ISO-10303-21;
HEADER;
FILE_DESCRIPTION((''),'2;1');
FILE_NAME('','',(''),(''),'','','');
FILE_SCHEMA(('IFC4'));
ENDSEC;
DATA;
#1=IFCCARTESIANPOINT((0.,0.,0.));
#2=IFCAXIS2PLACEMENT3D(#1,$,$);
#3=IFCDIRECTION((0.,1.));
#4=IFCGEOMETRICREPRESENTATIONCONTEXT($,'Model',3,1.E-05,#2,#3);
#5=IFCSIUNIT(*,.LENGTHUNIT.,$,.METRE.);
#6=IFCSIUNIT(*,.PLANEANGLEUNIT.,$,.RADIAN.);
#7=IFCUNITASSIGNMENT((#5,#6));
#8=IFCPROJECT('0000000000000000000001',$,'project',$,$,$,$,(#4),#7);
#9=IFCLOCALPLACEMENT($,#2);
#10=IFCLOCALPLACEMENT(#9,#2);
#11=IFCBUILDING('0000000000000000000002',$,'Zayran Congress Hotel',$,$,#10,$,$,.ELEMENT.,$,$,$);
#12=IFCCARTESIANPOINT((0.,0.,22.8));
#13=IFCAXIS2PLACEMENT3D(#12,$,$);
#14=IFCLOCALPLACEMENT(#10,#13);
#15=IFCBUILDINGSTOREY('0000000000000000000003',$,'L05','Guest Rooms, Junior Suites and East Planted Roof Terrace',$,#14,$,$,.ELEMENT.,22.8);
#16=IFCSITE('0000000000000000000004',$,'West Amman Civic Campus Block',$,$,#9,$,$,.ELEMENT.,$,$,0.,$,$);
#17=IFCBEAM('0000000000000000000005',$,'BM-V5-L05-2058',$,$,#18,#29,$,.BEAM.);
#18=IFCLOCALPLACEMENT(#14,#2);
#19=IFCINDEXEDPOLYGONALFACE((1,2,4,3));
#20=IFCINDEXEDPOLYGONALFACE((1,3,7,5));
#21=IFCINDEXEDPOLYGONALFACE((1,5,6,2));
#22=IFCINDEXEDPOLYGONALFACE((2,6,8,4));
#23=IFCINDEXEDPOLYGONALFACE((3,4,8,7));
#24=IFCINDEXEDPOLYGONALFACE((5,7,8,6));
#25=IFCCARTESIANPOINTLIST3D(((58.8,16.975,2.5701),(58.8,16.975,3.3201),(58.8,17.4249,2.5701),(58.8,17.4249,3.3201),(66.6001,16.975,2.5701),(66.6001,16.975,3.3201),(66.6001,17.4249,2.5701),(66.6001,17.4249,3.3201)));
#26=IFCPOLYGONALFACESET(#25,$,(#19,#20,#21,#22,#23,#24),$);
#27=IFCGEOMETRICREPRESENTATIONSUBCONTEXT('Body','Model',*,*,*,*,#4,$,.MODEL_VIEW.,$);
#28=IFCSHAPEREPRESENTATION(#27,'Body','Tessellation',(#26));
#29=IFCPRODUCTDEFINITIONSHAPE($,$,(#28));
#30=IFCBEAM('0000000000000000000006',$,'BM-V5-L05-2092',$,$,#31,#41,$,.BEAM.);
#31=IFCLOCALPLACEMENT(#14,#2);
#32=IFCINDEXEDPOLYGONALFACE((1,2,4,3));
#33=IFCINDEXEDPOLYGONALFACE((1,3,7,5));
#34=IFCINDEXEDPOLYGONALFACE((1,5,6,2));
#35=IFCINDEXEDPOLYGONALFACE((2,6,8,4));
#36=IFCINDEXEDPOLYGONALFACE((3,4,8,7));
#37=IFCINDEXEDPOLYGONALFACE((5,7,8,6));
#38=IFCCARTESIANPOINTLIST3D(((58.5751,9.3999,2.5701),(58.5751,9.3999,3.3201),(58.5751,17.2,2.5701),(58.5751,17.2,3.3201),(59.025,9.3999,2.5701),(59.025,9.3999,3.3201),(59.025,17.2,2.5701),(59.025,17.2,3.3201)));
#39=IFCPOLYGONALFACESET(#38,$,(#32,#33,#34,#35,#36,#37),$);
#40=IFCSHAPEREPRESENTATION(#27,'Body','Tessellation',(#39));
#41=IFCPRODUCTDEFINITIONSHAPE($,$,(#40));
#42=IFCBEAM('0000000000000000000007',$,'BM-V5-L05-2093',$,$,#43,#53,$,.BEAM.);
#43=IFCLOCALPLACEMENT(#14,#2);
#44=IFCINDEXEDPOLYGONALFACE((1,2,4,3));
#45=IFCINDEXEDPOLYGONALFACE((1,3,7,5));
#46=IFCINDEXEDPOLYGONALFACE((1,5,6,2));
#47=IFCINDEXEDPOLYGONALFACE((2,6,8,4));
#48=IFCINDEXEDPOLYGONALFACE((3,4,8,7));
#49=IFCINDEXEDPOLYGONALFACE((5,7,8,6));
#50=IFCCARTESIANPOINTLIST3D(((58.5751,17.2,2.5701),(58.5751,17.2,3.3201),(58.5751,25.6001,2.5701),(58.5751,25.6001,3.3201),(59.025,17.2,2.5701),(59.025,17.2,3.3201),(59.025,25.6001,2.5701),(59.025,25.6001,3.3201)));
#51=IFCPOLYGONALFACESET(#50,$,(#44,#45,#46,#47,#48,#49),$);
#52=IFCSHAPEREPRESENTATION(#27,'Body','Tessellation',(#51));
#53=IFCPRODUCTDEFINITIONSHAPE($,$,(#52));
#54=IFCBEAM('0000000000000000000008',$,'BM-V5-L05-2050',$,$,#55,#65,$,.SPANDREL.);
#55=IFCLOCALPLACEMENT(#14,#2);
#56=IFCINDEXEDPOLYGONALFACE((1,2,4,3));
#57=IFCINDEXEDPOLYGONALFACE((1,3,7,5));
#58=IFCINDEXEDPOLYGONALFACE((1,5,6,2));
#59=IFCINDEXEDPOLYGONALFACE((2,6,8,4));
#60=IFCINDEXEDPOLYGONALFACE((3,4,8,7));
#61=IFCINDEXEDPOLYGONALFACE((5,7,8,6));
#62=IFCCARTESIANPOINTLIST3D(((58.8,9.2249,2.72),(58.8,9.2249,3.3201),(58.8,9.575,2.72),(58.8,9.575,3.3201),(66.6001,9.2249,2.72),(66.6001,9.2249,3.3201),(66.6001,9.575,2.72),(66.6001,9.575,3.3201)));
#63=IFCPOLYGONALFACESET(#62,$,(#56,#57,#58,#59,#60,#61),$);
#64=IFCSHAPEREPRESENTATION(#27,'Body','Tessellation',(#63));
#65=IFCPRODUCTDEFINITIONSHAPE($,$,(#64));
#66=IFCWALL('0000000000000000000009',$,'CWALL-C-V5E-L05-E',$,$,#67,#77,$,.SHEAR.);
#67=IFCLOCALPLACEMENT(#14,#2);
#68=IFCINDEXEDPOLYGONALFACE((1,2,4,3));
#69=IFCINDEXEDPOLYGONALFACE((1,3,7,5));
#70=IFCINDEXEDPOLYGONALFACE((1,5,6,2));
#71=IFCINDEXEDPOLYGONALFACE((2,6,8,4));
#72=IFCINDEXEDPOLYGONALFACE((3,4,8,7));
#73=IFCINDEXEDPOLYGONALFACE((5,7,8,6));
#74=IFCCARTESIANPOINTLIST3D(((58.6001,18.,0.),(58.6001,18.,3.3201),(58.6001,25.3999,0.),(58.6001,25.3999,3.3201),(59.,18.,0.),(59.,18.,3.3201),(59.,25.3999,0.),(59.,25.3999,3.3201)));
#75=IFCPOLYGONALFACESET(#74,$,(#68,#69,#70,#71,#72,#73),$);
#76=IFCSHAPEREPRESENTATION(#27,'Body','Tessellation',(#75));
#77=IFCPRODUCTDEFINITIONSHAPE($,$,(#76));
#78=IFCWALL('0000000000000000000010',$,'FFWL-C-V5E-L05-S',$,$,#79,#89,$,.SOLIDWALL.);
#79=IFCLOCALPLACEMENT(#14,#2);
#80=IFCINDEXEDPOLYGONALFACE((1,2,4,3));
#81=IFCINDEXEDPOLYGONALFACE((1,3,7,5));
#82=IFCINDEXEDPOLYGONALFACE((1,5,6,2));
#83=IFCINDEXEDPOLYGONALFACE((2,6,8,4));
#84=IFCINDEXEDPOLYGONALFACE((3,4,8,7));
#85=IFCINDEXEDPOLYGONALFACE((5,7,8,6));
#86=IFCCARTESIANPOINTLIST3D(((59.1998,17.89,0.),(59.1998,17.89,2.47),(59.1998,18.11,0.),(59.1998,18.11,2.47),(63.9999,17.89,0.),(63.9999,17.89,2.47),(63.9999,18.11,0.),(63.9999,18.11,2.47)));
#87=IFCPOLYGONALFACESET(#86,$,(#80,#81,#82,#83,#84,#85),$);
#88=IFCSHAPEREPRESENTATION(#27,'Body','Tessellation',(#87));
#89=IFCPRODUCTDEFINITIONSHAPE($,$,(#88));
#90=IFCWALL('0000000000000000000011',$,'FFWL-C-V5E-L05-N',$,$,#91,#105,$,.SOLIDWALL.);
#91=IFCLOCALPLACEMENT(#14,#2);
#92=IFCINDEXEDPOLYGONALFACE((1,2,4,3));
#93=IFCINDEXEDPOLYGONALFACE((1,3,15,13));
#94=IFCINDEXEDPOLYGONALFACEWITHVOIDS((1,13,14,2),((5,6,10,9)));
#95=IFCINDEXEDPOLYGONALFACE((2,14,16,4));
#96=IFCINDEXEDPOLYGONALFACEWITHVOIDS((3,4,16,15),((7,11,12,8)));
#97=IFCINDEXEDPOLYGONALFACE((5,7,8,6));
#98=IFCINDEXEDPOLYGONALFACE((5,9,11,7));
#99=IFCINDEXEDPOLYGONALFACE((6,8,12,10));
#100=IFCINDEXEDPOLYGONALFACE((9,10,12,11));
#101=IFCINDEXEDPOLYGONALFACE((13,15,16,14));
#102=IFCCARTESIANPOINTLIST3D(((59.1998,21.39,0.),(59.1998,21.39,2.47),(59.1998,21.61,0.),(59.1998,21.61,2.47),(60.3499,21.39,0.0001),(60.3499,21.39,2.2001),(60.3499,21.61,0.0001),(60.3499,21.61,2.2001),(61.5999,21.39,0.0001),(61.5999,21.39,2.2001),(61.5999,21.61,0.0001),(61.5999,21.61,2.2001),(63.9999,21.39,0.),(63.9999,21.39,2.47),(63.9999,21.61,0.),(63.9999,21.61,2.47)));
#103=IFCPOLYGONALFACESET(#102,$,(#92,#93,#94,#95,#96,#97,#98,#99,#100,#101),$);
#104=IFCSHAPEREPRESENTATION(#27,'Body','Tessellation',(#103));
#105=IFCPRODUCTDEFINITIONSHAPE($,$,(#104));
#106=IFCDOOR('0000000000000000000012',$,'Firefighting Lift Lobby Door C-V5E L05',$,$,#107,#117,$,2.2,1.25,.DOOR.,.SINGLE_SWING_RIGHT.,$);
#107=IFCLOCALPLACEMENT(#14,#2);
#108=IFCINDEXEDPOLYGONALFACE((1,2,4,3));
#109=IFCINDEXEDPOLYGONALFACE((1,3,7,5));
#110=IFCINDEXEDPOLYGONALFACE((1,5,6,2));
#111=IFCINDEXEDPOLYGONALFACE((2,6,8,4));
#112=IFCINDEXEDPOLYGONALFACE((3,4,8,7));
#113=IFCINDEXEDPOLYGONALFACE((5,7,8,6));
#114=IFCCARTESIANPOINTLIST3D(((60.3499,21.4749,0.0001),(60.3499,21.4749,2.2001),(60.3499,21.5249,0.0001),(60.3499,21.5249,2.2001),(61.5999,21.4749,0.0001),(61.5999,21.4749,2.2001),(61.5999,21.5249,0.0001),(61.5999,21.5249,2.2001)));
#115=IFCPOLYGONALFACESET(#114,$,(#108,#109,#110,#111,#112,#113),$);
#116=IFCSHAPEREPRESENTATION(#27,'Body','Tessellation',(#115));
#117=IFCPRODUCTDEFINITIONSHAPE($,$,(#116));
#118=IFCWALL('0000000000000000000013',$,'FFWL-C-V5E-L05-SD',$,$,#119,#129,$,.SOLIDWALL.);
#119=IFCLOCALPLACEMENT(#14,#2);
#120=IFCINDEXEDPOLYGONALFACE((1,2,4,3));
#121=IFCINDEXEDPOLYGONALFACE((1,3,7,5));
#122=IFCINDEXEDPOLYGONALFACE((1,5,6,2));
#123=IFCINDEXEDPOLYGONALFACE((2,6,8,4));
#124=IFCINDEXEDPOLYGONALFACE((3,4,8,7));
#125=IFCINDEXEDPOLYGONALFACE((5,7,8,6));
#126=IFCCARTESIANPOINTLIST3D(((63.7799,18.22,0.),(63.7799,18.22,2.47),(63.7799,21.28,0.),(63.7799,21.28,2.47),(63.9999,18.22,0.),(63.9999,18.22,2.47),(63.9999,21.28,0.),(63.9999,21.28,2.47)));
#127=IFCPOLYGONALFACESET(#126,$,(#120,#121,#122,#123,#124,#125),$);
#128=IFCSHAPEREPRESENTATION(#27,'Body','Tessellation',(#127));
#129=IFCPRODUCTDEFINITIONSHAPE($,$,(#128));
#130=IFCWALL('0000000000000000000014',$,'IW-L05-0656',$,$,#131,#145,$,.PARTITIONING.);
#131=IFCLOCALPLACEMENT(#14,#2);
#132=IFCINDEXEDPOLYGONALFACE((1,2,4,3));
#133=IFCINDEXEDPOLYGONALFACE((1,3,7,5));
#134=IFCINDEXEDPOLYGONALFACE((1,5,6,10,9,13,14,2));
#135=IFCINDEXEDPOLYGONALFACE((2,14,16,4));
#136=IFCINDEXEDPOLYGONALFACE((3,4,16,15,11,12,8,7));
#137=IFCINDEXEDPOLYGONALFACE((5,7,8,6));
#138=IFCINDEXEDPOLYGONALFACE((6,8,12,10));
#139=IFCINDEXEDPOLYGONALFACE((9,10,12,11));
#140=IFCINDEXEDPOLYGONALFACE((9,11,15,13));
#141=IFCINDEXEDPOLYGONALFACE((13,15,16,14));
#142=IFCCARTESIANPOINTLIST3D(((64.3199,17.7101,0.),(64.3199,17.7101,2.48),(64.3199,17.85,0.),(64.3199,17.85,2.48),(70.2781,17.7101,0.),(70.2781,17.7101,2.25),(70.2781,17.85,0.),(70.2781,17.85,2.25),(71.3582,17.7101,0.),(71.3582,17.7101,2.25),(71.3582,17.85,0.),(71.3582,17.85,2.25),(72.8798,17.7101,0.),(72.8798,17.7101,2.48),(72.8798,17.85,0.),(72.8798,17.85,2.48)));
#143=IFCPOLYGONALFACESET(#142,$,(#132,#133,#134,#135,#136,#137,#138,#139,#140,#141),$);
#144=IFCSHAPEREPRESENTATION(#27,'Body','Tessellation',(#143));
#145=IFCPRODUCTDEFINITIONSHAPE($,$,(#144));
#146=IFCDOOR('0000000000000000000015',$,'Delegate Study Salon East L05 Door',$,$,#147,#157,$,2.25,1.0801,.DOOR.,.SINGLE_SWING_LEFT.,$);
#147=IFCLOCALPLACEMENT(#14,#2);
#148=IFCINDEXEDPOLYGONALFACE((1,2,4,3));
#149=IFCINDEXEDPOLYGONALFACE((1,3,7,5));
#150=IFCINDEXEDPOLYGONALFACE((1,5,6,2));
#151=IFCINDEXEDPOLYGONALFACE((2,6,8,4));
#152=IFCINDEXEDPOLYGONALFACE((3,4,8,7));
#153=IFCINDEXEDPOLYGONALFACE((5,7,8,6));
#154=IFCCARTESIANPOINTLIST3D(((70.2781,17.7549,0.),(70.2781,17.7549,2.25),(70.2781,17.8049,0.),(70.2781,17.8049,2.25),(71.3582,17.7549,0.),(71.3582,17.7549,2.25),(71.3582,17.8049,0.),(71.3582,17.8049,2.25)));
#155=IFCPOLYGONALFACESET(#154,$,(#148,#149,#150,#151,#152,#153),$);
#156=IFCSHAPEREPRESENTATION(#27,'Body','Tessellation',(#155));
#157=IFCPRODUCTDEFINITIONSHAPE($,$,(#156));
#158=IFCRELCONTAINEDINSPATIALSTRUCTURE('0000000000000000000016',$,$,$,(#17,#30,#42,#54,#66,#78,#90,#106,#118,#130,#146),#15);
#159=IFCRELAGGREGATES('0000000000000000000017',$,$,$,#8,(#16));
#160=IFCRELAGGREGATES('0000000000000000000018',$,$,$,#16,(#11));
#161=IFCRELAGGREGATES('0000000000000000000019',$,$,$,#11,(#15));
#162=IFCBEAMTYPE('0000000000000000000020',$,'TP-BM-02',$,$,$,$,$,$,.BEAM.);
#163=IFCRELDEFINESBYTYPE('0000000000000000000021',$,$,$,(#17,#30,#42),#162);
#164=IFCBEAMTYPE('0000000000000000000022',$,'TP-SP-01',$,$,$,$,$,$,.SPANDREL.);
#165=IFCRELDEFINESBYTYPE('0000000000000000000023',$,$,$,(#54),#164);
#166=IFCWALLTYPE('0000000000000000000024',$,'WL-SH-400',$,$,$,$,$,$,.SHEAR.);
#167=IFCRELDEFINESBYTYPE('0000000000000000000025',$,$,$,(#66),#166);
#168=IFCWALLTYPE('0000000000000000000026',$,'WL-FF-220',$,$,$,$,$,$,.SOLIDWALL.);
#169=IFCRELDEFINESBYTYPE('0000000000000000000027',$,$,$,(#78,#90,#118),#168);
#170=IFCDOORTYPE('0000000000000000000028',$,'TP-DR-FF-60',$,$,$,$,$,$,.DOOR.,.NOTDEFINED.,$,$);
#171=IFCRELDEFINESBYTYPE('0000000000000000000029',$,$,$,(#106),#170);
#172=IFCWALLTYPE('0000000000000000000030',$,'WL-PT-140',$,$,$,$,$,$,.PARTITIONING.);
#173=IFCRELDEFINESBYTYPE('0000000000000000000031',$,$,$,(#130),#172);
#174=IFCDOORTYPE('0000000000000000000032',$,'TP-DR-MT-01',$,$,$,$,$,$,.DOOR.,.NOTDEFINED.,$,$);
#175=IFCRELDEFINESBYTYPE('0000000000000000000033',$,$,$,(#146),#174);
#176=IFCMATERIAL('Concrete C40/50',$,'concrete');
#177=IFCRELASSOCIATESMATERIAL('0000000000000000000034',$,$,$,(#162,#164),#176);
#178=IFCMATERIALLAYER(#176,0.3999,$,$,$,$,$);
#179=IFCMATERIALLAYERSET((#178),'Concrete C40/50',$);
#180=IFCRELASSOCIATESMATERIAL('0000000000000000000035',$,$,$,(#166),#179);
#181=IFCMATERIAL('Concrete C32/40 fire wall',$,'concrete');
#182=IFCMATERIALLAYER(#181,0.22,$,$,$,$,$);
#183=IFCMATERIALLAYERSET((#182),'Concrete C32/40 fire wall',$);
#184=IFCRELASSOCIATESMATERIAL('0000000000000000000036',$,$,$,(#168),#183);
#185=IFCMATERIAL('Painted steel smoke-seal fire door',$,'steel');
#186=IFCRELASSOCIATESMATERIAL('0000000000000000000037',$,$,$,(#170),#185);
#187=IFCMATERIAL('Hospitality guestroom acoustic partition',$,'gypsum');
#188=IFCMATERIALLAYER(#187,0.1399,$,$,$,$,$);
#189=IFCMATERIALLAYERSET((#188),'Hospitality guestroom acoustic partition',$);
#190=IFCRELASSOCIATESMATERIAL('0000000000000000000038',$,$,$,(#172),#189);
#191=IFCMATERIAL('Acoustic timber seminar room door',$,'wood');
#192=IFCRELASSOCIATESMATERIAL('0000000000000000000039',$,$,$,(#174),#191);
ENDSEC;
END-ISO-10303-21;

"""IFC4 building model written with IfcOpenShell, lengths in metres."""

from ifc_helpers import new_model, si_unit, direction, frame, frame_2d, origin, origin_2d, place, context, subcontext, project, spatial, rectangle, extrude, material, layer, layer_set, material_profile, profile_set, type_object, element, fill, save


model = new_model("IFC4")

# Units and contexts
model_context = context("Model", 3, precision=1e-05, world=origin(), true_north=direction((0.0, 1.0)))
body_context = subcontext(model_context, "Body", "Model", "MODEL_VIEW")
ifc_project = project(units=[si_unit("LENGTHUNIT", "METRE"), si_unit("PLANEANGLEUNIT", "RADIAN")], contexts=[model_context])

# Site, building, storey
site_placement = place(None, origin())
site = spatial("IfcSite", under=ifc_project, at=site_placement, Name="West Amman Civic Campus Block", CompositionType="ELEMENT", RefElevation=0.0)
building_placement = place(site_placement, origin())
building = spatial("IfcBuilding", under=site, at=building_placement, Name="Zayran Congress Hotel", CompositionType="ELEMENT")
storey_placement = place(building_placement, frame((0.0, 0.0, 22.8)))
storey = spatial("IfcBuildingStorey", under=building, at=storey_placement, Name="L05", Description="Guest Rooms, Junior Suites and East Planted Roof Terrace", CompositionType="ELEMENT", Elevation=22.8)

# Beams
ifc_material_1 = material(Name="Concrete C40/50", Category="concrete")
ifc_material_profile_1 = material_profile(ifc_material_1, rectangle(XDim=0.45, YDim=0.75, at=origin_2d()), Name="RC 450x750")
ifc_profile_set_1 = profile_set([ifc_material_profile_1], Name="Concrete C40/50")
beam_type_1 = type_object("IfcBeamType", Name="TP-BM-02", PredefinedType="BEAM", material=ifc_profile_set_1)
for number, where, z_axis, x_axis, name in (
    (1, (58.8, 17.2, 2.9451), (1.0, 0.0, 0.0), (0.0, 1.0, 0.0), "BM-V5-L05-2058"),
    (2, (58.8, 9.3999, 2.9451), (0.0, 1.0, 0.0), (-1.0, 0.0, 0.0), "BM-V5-L05-2092"),
):
    element("IfcBeam", number, at=place(storey_placement, frame(where, z_axis=z_axis, x_axis=x_axis)), inside=storey, type_object=beam_type_1, Name=name, PredefinedType="BEAM", context=body_context, shape_type="SweptSolid", body=[
        extrude(rectangle(XDim=0.45, YDim=0.75, at=origin_2d()), origin(), (0.0, 0.0, 1.0), 7.8),
    ])
beam_1_placement = place(storey_placement, frame((58.8, 17.2, 2.9451), z_axis=(0.0, 1.0, 0.0), x_axis=(-1.0, 0.0, 0.0)))
element("IfcBeam", 3, at=beam_1_placement, inside=storey, type_object=beam_type_1, Name="BM-V5-L05-2093", PredefinedType="BEAM", context=body_context, shape_type="SweptSolid", body=[
    extrude(rectangle(XDim=0.45, YDim=0.75, at=origin_2d()), origin(), (0.0, 0.0, 1.0), 8.4001),
])
ifc_material_profile_2 = material_profile(ifc_material_1, rectangle(XDim=0.3501, YDim=0.6001, at=origin_2d()), Name="RC 350x600")
ifc_profile_set_2 = profile_set([ifc_material_profile_2], Name="Concrete C40/50")
beam_type_2 = type_object("IfcBeamType", Name="TP-SP-01", PredefinedType="SPANDREL", material=ifc_profile_set_2)
beam_2_placement = place(storey_placement, frame((58.8, 9.3999, 3.02), z_axis=(1.0, 0.0, 0.0), x_axis=(0.0, 1.0, 0.0)))
element("IfcBeam", 4, at=beam_2_placement, inside=storey, type_object=beam_type_2, Name="BM-V5-L05-2050", PredefinedType="SPANDREL", context=body_context, shape_type="SweptSolid", body=[
    extrude(rectangle(XDim=0.3501, YDim=0.6001, at=origin_2d()), origin(), (0.0, 0.0, 1.0), 7.8),
])

# Walls
ifc_layer_1 = layer(ifc_material_1, 0.3999)
ifc_layer_set_1 = layer_set([ifc_layer_1], Name="Concrete C40/50")
wall_type_1 = type_object("IfcWallType", Name="WL-SH-400", PredefinedType="SHEAR", material=ifc_layer_set_1)
wall_1_placement = place(storey_placement, frame((58.8, 18.0, 0.0), z_axis=(0.0, 0.0, 1.0), x_axis=(0.0, 1.0, 0.0)))
element("IfcWall", 5, at=wall_1_placement, inside=storey, type_object=wall_type_1, Name="CWALL-C-V5E-L05-E", PredefinedType="SHEAR", context=body_context, shape_type="SweptSolid", body=[
    extrude(rectangle(XDim=7.3999, YDim=0.3999, at=frame_2d((3.7, 0.0))), origin(), (0.0, 0.0, 1.0), 3.3201),
])
ifc_material_2 = material(Name="Concrete C32/40 fire wall", Category="concrete")
ifc_layer_2 = layer(ifc_material_2, 0.22)
ifc_layer_set_2 = layer_set([ifc_layer_2], Name="Concrete C32/40 fire wall")
wall_type_2 = type_object("IfcWallType", Name="WL-FF-220", PredefinedType="SOLIDWALL", material=ifc_layer_set_2)
wall_2_placement = place(storey_placement, frame((59.2, 18.0, 0.0), z_axis=(0.0, 0.0, 1.0), x_axis=(1.0, 0.0, 0.0)))
element("IfcWall", 6, at=wall_2_placement, inside=storey, type_object=wall_type_2, Name="FFWL-C-V5E-L05-S", PredefinedType="SOLIDWALL", context=body_context, shape_type="SweptSolid", body=[
    extrude(rectangle(XDim=4.8, YDim=0.22, at=frame_2d((2.3999, 0.0))), origin(), (0.0, 0.0, 1.0), 2.47),
])

# Wall, opening, door
wall_3_placement = place(storey_placement, frame((59.2, 21.5, 0.0), z_axis=(0.0, 0.0, 1.0), x_axis=(1.0, 0.0, 0.0)))
wall_3 = element("IfcWall", 7, at=wall_3_placement, inside=storey, type_object=wall_type_2, Name="FFWL-C-V5E-L05-N", PredefinedType="SOLIDWALL", context=body_context, shape_type="SweptSolid", body=[
    extrude(rectangle(XDim=4.8, YDim=0.22, at=frame_2d((2.3999, 0.0))), origin(), (0.0, 0.0, 1.0), 2.47),
])
opening_1_placement = place(wall_3_placement, frame((1.1499, 0.0, 0.0)))
opening_1 = element("IfcOpeningElement", 8, at=opening_1_placement, cuts=wall_3, PredefinedType="OPENING", context=body_context, shape_type="SweptSolid", body=[
    extrude(rectangle(XDim=1.25, YDim=2.2, at=frame_2d((0.625, 1.1001))), frame((0.0, 0.1199, 0.0), z_axis=(0.0, -1.0, 0.0), x_axis=(1.0, 0.0, 0.0)), (0.0, 0.0, 1.0), 0.24),
])
ifc_material_3 = material(Name="Painted steel smoke-seal fire door", Category="steel")
door_type_1 = type_object("IfcDoorType", Name="TP-DR-FF-60", OperationType="NOTDEFINED", PredefinedType="DOOR", material=ifc_material_3)
door_1_placement = place(opening_1_placement, origin())
door_1 = element("IfcDoor", 9, at=door_1_placement, inside=storey, type_object=door_type_1, Name="Firefighting Lift Lobby Door C-V5E L05", OperationType="SINGLE_SWING_RIGHT", OverallHeight=2.2, OverallWidth=1.25, PredefinedType="DOOR", context=body_context, shape_type="SweptSolid", body=[
    extrude(rectangle(XDim=1.25, YDim=2.2, at=frame_2d((0.625, 1.1001))), frame((0.0, 0.0249, 0.0), z_axis=(0.0, -1.0, 0.0), x_axis=(1.0, 0.0, 0.0)), (0.0, 0.0, 1.0), 0.05),
])
fill(opening_1, door_1)

# Wall
wall_4_placement = place(storey_placement, frame((63.8899, 18.22, 0.0), z_axis=(0.0, 0.0, 1.0), x_axis=(0.0, 1.0, 0.0)))
element("IfcWall", 10, at=wall_4_placement, inside=storey, type_object=wall_type_2, Name="FFWL-C-V5E-L05-SD", PredefinedType="SOLIDWALL", context=body_context, shape_type="SweptSolid", body=[
    extrude(rectangle(XDim=3.0601, YDim=0.22, at=frame_2d((1.53, 0.0))), origin(), (0.0, 0.0, 1.0), 2.47),
])

# Wall, opening, door
ifc_material_4 = material(Name="Hospitality guestroom acoustic partition", Category="gypsum")
ifc_layer_3 = layer(ifc_material_4, 0.1399)
ifc_layer_set_3 = layer_set([ifc_layer_3], Name="Hospitality guestroom acoustic partition")
wall_type_3 = type_object("IfcWallType", Name="WL-PT-140", PredefinedType="PARTITIONING", material=ifc_layer_set_3)
wall_5_placement = place(storey_placement, frame((64.3201, 17.78, 0.0), z_axis=(0.0, 0.0, 1.0), x_axis=(1.0, 0.0, 0.0)))
wall_5 = element("IfcWall", 11, at=wall_5_placement, inside=storey, type_object=wall_type_3, Name="IW-L05-0656", PredefinedType="PARTITIONING", context=body_context, shape_type="SweptSolid", body=[
    extrude(rectangle(XDim=8.5598, YDim=0.1399, at=frame_2d((4.2798, 0.0))), origin(), (0.0, 0.0, 1.0), 2.48),
])
opening_2_placement = place(wall_5_placement, frame((5.958, 0.0, 0.0)))
opening_2 = element("IfcOpeningElement", 12, at=opening_2_placement, cuts=wall_5, PredefinedType="OPENING", context=body_context, shape_type="SweptSolid", body=[
    extrude(rectangle(XDim=1.0801, YDim=2.25, at=frame_2d((0.54, 1.125))), frame((0.0, 0.0798, 0.0), z_axis=(0.0, -1.0, 0.0), x_axis=(1.0, 0.0, 0.0)), (0.0, 0.0, 1.0), 0.1599),
])
ifc_material_5 = material(Name="Acoustic timber seminar room door", Category="wood")
door_type_2 = type_object("IfcDoorType", Name="TP-DR-MT-01", OperationType="NOTDEFINED", PredefinedType="DOOR", material=ifc_material_5)
door_2_placement = place(opening_2_placement, origin())
door_2 = element("IfcDoor", 13, at=door_2_placement, inside=storey, type_object=door_type_2, Name="Delegate Study Salon East L05 Door", OperationType="SINGLE_SWING_LEFT", OverallHeight=2.25, OverallWidth=1.0801, PredefinedType="DOOR", context=body_context, shape_type="SweptSolid", body=[
    extrude(rectangle(XDim=1.0801, YDim=2.25, at=frame_2d((0.54, 1.125))), frame((0.0, 0.0249, 0.0), z_axis=(0.0, -1.0, 0.0), x_axis=(1.0, 0.0, 0.0)), (0.0, 0.0, 1.0), 0.05),
])
fill(opening_2, door_2)

save(model, "model.ifc")
